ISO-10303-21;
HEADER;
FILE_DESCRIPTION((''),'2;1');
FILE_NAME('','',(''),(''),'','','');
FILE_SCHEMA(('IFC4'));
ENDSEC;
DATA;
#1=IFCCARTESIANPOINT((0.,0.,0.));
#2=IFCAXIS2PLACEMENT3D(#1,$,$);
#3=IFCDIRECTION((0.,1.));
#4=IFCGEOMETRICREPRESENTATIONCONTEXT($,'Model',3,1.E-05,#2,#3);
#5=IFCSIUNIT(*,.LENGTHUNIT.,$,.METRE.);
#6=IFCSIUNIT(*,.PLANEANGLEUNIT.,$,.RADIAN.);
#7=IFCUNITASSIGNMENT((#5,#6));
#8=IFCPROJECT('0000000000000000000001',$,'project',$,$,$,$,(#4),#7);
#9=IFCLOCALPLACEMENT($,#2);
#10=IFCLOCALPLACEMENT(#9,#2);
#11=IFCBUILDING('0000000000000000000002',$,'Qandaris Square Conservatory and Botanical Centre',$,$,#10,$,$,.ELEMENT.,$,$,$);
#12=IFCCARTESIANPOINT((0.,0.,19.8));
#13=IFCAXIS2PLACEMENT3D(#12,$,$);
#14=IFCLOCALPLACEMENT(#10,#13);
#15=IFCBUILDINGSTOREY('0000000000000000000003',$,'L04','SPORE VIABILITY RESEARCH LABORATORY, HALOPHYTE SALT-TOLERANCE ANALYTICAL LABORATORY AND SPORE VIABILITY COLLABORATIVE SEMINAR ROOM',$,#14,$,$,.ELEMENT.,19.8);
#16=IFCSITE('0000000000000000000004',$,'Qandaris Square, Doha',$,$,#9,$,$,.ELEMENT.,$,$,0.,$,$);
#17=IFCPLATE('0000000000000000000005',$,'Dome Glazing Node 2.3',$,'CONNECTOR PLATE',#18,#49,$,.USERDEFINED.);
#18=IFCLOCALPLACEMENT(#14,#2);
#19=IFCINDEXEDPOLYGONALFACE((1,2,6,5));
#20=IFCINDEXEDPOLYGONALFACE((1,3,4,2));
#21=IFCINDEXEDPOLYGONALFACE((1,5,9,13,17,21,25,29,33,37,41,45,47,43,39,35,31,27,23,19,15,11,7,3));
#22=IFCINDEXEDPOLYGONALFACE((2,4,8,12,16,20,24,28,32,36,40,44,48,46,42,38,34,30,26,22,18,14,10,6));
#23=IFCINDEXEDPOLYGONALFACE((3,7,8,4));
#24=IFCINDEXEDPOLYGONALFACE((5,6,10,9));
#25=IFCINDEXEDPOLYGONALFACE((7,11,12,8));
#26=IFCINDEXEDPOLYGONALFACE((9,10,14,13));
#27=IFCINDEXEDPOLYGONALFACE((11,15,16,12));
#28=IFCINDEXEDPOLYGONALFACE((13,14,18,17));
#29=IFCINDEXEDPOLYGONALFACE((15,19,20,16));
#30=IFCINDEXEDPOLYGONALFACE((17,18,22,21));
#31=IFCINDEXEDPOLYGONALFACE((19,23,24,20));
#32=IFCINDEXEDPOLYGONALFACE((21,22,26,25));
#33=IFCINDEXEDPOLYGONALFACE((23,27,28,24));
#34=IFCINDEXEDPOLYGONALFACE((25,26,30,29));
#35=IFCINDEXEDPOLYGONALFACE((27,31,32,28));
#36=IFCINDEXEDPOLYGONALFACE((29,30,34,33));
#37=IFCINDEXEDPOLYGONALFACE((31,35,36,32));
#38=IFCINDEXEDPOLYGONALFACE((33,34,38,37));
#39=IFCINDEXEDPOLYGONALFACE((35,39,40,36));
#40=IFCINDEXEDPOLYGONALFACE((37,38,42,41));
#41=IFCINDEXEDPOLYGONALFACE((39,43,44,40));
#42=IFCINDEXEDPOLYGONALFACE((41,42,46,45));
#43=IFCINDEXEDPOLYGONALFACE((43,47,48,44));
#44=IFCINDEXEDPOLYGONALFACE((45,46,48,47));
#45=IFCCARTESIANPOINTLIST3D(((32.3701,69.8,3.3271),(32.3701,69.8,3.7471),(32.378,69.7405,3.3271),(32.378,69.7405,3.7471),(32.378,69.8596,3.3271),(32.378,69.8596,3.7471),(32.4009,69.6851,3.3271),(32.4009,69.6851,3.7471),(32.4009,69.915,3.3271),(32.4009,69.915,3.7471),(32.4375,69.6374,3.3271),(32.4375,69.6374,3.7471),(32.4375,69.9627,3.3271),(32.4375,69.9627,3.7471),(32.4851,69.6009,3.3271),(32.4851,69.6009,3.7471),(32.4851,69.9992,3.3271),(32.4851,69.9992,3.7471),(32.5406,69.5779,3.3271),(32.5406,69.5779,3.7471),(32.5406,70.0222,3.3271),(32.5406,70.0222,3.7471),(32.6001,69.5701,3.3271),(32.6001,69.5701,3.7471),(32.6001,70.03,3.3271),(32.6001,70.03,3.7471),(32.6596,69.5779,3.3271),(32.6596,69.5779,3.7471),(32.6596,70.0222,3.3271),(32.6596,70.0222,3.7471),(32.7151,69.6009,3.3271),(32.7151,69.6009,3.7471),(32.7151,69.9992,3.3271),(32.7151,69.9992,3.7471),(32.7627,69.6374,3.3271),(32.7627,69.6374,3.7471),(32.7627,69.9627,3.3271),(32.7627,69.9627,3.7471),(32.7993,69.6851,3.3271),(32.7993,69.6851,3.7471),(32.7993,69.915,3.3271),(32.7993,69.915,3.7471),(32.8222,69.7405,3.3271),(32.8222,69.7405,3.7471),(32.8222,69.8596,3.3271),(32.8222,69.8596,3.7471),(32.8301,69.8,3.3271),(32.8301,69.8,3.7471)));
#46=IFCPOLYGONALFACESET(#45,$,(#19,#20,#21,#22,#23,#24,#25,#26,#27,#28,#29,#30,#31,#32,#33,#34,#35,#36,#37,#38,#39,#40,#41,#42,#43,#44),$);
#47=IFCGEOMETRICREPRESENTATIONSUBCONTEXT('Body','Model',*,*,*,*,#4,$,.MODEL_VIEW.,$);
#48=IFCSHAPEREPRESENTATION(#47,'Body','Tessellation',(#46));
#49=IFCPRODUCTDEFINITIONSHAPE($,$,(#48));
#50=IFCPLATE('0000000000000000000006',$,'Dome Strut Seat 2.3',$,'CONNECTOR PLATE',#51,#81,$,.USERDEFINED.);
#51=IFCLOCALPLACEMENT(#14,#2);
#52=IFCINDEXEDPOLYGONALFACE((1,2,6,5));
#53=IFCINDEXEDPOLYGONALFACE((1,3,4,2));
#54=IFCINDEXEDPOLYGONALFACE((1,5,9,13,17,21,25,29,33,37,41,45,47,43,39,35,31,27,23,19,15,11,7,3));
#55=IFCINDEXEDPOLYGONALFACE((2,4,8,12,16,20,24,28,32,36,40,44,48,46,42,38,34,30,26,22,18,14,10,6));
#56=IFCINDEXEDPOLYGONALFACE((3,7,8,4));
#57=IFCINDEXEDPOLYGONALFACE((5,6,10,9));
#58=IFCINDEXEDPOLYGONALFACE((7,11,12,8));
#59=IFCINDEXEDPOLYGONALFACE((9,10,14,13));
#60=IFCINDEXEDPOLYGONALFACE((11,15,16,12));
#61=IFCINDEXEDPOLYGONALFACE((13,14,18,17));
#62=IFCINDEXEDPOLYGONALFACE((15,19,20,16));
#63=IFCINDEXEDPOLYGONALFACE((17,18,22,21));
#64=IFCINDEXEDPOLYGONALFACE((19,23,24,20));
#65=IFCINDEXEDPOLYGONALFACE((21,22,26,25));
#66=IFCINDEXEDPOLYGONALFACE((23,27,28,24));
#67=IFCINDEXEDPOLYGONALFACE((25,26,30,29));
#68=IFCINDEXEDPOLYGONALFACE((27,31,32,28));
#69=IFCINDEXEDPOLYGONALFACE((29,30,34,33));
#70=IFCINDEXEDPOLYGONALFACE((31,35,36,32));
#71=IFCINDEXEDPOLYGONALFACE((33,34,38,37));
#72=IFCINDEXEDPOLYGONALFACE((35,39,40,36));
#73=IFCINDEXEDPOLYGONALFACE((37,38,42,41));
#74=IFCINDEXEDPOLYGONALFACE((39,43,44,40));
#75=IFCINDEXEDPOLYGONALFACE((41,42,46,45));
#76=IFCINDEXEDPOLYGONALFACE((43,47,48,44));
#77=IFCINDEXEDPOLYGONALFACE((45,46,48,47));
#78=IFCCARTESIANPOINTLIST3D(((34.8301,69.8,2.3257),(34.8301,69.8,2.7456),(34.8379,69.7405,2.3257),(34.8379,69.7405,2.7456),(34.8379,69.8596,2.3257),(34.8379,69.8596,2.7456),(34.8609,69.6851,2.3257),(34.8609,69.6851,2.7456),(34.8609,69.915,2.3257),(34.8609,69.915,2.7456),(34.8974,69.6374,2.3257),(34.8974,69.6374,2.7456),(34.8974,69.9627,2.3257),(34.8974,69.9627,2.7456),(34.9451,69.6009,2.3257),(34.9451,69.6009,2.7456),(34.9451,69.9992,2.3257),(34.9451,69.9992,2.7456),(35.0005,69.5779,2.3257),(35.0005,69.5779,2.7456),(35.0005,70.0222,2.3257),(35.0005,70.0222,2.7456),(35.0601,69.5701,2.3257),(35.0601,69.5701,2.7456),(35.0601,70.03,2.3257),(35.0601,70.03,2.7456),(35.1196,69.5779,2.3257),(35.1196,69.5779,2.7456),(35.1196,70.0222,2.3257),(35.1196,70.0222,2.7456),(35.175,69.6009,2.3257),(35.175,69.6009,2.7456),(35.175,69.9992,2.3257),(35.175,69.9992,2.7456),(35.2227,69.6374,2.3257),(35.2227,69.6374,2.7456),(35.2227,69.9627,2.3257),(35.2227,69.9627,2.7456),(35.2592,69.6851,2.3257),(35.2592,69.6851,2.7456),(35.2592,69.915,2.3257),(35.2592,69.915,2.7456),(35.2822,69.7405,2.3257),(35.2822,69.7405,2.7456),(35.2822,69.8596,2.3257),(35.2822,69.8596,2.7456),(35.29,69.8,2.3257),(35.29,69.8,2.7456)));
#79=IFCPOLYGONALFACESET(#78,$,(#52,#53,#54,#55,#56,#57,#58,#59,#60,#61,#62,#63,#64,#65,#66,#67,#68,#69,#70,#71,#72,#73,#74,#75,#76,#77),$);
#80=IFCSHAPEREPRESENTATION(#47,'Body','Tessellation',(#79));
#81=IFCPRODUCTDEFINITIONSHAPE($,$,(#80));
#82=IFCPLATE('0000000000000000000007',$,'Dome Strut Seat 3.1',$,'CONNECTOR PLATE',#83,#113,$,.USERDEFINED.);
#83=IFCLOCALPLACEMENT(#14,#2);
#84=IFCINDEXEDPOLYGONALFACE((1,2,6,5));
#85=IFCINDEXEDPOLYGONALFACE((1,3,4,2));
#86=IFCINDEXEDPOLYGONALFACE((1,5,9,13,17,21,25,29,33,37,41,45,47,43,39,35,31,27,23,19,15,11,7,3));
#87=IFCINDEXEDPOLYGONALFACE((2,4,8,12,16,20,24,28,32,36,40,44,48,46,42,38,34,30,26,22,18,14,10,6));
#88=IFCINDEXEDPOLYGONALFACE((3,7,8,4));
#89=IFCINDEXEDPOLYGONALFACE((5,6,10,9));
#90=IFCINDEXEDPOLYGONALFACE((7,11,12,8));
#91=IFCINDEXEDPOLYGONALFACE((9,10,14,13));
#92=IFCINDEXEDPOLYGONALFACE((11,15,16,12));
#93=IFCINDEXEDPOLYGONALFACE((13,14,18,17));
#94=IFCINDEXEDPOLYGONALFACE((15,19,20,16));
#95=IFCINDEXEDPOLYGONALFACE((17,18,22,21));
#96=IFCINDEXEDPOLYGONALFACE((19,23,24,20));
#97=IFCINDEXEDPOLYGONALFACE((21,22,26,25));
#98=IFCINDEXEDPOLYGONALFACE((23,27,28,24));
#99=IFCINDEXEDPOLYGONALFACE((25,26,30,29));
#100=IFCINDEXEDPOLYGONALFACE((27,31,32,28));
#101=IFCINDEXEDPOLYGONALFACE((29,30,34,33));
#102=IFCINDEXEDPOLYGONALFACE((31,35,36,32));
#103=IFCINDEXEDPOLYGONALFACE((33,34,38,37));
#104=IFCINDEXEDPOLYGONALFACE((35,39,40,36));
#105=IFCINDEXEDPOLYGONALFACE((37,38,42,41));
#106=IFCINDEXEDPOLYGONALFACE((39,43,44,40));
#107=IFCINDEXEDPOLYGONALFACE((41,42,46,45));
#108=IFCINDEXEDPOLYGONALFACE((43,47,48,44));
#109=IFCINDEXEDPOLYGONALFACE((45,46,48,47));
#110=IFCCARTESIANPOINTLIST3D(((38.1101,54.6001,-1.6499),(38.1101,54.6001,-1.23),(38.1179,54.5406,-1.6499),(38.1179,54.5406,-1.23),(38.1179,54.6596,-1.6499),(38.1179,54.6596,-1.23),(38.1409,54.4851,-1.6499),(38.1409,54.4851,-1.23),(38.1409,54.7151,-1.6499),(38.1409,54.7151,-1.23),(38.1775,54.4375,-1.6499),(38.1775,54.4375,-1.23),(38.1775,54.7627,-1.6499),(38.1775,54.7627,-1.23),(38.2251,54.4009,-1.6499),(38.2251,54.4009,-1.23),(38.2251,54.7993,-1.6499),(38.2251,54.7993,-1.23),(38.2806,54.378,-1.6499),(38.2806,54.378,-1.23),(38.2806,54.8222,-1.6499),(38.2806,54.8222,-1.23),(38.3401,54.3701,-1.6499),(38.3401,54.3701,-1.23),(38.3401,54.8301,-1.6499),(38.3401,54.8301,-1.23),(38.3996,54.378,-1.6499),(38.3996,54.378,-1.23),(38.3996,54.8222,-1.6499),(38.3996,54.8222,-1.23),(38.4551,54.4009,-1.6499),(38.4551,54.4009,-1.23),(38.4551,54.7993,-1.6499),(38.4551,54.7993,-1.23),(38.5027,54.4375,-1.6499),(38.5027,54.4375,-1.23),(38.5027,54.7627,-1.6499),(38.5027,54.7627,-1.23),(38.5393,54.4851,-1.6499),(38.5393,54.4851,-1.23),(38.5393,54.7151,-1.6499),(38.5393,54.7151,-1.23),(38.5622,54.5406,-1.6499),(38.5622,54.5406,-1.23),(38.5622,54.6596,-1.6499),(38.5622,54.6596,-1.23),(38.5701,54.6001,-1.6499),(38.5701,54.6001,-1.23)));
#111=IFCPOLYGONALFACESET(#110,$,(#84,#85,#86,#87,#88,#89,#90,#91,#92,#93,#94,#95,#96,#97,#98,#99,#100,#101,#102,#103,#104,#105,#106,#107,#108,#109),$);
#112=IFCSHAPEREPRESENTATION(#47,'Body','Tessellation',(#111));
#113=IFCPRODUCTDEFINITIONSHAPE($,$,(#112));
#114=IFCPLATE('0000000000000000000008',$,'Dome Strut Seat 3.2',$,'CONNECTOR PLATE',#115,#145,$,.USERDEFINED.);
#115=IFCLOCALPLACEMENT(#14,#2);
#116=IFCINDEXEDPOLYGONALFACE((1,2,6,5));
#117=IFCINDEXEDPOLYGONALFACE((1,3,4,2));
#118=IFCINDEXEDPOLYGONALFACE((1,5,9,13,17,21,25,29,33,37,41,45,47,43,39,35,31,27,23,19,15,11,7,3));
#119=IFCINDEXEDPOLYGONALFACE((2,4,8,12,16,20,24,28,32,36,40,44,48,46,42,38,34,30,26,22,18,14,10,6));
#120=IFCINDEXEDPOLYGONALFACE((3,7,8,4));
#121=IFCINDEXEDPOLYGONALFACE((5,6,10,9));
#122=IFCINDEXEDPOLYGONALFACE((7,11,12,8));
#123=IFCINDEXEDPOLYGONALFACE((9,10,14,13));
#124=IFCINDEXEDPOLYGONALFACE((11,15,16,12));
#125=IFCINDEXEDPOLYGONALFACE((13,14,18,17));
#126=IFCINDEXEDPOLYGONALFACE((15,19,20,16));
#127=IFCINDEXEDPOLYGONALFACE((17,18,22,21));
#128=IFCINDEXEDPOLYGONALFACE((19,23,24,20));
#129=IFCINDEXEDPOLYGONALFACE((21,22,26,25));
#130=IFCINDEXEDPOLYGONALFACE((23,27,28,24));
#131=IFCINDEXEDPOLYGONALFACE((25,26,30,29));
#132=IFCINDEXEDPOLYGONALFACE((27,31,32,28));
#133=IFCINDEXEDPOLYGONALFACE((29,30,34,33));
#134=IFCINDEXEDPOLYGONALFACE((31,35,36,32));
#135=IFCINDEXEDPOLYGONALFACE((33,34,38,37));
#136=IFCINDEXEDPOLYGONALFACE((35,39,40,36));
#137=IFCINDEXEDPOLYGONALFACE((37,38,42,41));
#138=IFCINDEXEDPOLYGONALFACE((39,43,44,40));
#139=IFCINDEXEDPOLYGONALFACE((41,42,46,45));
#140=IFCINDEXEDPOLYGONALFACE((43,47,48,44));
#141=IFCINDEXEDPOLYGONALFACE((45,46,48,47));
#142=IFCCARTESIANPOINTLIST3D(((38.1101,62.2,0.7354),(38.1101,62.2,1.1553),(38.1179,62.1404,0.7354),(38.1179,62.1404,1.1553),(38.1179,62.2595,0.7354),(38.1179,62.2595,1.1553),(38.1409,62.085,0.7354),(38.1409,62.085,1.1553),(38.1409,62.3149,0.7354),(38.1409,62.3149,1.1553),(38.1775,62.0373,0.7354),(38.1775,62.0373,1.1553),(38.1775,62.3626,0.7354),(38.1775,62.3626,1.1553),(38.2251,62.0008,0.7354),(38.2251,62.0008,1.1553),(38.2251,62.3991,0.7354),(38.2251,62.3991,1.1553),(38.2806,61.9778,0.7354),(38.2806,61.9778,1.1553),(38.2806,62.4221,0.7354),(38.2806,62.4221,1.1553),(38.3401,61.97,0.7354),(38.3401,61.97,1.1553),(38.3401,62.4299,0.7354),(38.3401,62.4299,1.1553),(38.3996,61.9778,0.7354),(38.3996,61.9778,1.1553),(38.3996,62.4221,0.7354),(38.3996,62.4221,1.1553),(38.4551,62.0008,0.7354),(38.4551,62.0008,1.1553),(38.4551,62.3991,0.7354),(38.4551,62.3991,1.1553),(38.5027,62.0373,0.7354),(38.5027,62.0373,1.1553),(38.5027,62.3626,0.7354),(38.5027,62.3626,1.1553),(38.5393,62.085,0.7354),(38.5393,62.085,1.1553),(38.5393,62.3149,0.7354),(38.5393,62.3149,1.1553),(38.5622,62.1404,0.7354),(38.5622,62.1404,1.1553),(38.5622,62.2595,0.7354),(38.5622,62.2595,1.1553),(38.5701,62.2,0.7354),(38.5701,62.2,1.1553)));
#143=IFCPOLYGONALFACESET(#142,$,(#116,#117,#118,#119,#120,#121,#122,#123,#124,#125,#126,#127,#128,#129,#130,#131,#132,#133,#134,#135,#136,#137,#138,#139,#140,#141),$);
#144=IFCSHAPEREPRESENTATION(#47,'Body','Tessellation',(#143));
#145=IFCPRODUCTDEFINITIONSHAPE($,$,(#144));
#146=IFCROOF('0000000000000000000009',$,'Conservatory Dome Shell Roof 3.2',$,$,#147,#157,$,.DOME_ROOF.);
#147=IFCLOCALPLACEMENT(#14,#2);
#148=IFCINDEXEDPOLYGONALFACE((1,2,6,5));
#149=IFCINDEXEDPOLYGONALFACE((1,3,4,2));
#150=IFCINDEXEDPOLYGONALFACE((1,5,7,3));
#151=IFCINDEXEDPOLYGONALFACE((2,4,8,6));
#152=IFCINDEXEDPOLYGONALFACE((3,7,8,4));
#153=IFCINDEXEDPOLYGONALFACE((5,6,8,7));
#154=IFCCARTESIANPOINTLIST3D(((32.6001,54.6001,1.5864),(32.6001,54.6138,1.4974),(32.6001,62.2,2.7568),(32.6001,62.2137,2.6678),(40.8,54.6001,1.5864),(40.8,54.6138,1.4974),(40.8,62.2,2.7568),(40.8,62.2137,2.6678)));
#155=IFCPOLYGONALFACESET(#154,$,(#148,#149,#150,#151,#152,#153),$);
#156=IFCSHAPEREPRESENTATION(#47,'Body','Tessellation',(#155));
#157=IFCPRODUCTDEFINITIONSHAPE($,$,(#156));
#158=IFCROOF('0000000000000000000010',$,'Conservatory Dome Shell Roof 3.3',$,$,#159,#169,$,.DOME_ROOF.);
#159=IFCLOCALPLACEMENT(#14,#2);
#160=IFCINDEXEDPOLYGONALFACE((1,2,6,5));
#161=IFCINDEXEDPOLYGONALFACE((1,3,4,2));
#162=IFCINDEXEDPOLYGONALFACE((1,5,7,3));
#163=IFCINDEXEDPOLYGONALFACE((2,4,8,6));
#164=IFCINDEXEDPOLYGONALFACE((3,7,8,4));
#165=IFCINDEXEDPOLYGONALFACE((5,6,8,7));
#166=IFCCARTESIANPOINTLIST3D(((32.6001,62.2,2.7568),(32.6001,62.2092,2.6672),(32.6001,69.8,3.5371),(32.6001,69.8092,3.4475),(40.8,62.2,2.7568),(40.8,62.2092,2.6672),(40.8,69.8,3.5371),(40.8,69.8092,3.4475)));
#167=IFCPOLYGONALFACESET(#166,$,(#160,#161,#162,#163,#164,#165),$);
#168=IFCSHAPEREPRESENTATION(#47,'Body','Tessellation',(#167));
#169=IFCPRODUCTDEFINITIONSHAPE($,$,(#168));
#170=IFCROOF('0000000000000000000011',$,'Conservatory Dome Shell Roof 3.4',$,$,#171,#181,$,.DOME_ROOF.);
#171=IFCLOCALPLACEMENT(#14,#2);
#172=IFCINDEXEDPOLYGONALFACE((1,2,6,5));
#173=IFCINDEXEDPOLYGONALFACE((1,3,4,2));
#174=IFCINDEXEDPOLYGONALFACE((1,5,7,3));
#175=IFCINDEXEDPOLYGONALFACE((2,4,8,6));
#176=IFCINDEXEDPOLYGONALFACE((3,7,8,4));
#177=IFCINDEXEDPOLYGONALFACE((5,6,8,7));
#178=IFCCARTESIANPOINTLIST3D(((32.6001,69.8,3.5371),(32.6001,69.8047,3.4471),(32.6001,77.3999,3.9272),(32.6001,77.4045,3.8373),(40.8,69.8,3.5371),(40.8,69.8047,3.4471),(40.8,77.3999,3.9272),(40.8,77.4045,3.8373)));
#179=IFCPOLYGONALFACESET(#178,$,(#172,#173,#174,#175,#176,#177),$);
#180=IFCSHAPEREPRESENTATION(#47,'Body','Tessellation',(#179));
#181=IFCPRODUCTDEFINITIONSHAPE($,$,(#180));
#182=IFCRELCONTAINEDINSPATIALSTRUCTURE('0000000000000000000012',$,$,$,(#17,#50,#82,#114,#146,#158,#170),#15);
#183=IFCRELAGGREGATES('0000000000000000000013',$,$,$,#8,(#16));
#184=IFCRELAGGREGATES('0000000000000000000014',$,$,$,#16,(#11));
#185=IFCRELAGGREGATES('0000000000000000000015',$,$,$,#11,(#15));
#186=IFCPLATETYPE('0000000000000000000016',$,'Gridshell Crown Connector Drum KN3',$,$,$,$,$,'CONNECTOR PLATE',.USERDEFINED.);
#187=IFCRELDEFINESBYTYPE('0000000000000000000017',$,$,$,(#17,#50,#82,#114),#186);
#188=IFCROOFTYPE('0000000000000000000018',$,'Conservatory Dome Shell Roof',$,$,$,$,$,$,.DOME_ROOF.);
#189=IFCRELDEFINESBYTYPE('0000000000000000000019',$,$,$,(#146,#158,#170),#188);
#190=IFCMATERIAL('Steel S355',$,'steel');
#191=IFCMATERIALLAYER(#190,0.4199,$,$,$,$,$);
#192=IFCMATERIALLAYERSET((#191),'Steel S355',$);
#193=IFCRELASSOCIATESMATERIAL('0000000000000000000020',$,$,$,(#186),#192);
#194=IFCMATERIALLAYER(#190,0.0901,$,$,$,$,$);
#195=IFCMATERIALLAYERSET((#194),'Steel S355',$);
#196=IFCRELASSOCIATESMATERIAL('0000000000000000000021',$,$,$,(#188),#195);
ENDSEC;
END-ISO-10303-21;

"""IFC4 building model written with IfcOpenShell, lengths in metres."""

from ifc_helpers import new_model, si_unit, direction, frame, origin, origin_2d, place, context, subcontext, project, spatial, polyline, circle, outline, extrude, material, layer, layer_set, type_object, element, save


model = new_model("IFC4")

# Units and contexts
model_context = context("Model", 3, precision=1e-05, world=origin(), true_north=direction((0.0, 1.0)))
body_context = subcontext(model_context, "Body", "Model", "MODEL_VIEW")
ifc_project = project(units=[si_unit("LENGTHUNIT", "METRE"), si_unit("PLANEANGLEUNIT", "RADIAN")], contexts=[model_context])

# Site, building, storey
site_placement = place(None, origin())
site = spatial("IfcSite", under=ifc_project, at=site_placement, Name="Qandaris Square, Doha", CompositionType="ELEMENT", RefElevation=0.0)
building_placement = place(site_placement, origin())
building = spatial("IfcBuilding", under=site, at=building_placement, Name="Qandaris Square Conservatory and Botanical Centre", CompositionType="ELEMENT")
storey_placement = place(building_placement, frame((0.0, 0.0, 19.8)))
storey = spatial("IfcBuildingStorey", under=building, at=storey_placement, Name="L04", Description="SPORE VIABILITY RESEARCH LABORATORY, HALOPHYTE SALT-TOLERANCE ANALYTICAL LABORATORY AND SPORE VIABILITY COLLABORATIVE SEMINAR ROOM", CompositionType="ELEMENT", Elevation=19.8)

# Shared definitions
ifc_material = material(Name="Steel S355", Category="steel")

# Plates
ifc_layer_1 = layer(ifc_material, 0.4199)
ifc_layer_set_1 = layer_set([ifc_layer_1], Name="Steel S355")
plate_type = type_object("IfcPlateType", Name="Gridshell Crown Connector Drum KN3", ElementType="CONNECTOR PLATE", PredefinedType="USERDEFINED", material=ifc_layer_set_1)
for number, where, z_axis, x_axis, name in (
    (1, (32.6001, 69.8, 3.3271), (0.0, 0.0, 1.0), (1.0, 0.0, 0.0), "Dome Glazing Node 2.3"),
    (2, (35.0601, 69.8, 2.3257), (0.0, 0.0, 1.0), (1.0, 0.0, 0.0), "Dome Strut Seat 2.3"),
    (3, (38.3401, 54.6001, -1.6499), (0.0, 0.0, 1.0), (1.0, 0.0, 0.0), "Dome Strut Seat 3.1"),
    (4, (38.3401, 62.2, 0.7354), (0.0, 0.0, 1.0), (1.0, 0.0, 0.0), "Dome Strut Seat 3.2"),
):
    element("IfcPlate", number, at=place(storey_placement, frame(where, z_axis=z_axis, x_axis=x_axis)), inside=storey, type_object=plate_type, Name=name, ObjectType="CONNECTOR PLATE", PredefinedType="USERDEFINED", context=body_context, shape_type="SweptSolid", body=[
        extrude(circle(Radius=0.23, at=origin_2d()), origin(), (0.0, 0.0, 1.0), 0.4199),
    ])

# Roofs
ifc_layer_2 = layer(ifc_material, 0.0901)
ifc_layer_set_2 = layer_set([ifc_layer_2], Name="Steel S355")
roof_type = type_object("IfcRoofType", Name="Conservatory Dome Shell Roof", PredefinedType="DOME_ROOF", material=ifc_layer_set_2)
roof_1_placement = place(storey_placement, frame((32.6001, 54.6001, 1.5864), z_axis=(0.0, -0.15221, 0.988348), x_axis=(1.0, 0.0, 0.0)))
element("IfcRoof", 5, at=roof_1_placement, inside=storey, type_object=roof_type, Name="Conservatory Dome Shell Roof 3.2", PredefinedType="DOME_ROOF", context=body_context, shape_type="SweptSolid", body=[
    extrude(outline(polyline([(0.0, 0.0), (8.2, 0.0), (8.2, 7.6894), (0.0, 7.6894), (0.0, 0.0)])), origin(), (0.0, 0.0, -1.0), 0.0901),
])
roof_2_placement = place(storey_placement, frame((32.6001, 62.2, 2.7568), z_axis=(0.0, -0.102129, 0.994771), x_axis=(1.0, 0.0, 0.0)))
element("IfcRoof", 6, at=roof_2_placement, inside=storey, type_object=roof_type, Name="Conservatory Dome Shell Roof 3.3", PredefinedType="DOME_ROOF", context=body_context, shape_type="SweptSolid", body=[
    extrude(outline(polyline([(0.0, 0.0), (8.2, 0.0), (8.2, 7.64), (0.0, 7.64), (0.0, 0.0)])), origin(), (0.0, 0.0, -1.0), 0.0901),
])
roof_3_placement = place(storey_placement, frame((32.6001, 69.8, 3.5371), z_axis=(0.0, -0.051267, 0.998685), x_axis=(1.0, 0.0, 0.0)))
element("IfcRoof", 7, at=roof_3_placement, inside=storey, type_object=roof_type, Name="Conservatory Dome Shell Roof 3.4", PredefinedType="DOME_ROOF", context=body_context, shape_type="SweptSolid", body=[
    extrude(outline(polyline([(0.0, 0.0), (8.2, 0.0), (8.2, 7.6099), (0.0, 7.6099), (0.0, 0.0)])), origin(), (0.0, 0.0, -1.0), 0.0901),
])

save(model, "model.ifc")
